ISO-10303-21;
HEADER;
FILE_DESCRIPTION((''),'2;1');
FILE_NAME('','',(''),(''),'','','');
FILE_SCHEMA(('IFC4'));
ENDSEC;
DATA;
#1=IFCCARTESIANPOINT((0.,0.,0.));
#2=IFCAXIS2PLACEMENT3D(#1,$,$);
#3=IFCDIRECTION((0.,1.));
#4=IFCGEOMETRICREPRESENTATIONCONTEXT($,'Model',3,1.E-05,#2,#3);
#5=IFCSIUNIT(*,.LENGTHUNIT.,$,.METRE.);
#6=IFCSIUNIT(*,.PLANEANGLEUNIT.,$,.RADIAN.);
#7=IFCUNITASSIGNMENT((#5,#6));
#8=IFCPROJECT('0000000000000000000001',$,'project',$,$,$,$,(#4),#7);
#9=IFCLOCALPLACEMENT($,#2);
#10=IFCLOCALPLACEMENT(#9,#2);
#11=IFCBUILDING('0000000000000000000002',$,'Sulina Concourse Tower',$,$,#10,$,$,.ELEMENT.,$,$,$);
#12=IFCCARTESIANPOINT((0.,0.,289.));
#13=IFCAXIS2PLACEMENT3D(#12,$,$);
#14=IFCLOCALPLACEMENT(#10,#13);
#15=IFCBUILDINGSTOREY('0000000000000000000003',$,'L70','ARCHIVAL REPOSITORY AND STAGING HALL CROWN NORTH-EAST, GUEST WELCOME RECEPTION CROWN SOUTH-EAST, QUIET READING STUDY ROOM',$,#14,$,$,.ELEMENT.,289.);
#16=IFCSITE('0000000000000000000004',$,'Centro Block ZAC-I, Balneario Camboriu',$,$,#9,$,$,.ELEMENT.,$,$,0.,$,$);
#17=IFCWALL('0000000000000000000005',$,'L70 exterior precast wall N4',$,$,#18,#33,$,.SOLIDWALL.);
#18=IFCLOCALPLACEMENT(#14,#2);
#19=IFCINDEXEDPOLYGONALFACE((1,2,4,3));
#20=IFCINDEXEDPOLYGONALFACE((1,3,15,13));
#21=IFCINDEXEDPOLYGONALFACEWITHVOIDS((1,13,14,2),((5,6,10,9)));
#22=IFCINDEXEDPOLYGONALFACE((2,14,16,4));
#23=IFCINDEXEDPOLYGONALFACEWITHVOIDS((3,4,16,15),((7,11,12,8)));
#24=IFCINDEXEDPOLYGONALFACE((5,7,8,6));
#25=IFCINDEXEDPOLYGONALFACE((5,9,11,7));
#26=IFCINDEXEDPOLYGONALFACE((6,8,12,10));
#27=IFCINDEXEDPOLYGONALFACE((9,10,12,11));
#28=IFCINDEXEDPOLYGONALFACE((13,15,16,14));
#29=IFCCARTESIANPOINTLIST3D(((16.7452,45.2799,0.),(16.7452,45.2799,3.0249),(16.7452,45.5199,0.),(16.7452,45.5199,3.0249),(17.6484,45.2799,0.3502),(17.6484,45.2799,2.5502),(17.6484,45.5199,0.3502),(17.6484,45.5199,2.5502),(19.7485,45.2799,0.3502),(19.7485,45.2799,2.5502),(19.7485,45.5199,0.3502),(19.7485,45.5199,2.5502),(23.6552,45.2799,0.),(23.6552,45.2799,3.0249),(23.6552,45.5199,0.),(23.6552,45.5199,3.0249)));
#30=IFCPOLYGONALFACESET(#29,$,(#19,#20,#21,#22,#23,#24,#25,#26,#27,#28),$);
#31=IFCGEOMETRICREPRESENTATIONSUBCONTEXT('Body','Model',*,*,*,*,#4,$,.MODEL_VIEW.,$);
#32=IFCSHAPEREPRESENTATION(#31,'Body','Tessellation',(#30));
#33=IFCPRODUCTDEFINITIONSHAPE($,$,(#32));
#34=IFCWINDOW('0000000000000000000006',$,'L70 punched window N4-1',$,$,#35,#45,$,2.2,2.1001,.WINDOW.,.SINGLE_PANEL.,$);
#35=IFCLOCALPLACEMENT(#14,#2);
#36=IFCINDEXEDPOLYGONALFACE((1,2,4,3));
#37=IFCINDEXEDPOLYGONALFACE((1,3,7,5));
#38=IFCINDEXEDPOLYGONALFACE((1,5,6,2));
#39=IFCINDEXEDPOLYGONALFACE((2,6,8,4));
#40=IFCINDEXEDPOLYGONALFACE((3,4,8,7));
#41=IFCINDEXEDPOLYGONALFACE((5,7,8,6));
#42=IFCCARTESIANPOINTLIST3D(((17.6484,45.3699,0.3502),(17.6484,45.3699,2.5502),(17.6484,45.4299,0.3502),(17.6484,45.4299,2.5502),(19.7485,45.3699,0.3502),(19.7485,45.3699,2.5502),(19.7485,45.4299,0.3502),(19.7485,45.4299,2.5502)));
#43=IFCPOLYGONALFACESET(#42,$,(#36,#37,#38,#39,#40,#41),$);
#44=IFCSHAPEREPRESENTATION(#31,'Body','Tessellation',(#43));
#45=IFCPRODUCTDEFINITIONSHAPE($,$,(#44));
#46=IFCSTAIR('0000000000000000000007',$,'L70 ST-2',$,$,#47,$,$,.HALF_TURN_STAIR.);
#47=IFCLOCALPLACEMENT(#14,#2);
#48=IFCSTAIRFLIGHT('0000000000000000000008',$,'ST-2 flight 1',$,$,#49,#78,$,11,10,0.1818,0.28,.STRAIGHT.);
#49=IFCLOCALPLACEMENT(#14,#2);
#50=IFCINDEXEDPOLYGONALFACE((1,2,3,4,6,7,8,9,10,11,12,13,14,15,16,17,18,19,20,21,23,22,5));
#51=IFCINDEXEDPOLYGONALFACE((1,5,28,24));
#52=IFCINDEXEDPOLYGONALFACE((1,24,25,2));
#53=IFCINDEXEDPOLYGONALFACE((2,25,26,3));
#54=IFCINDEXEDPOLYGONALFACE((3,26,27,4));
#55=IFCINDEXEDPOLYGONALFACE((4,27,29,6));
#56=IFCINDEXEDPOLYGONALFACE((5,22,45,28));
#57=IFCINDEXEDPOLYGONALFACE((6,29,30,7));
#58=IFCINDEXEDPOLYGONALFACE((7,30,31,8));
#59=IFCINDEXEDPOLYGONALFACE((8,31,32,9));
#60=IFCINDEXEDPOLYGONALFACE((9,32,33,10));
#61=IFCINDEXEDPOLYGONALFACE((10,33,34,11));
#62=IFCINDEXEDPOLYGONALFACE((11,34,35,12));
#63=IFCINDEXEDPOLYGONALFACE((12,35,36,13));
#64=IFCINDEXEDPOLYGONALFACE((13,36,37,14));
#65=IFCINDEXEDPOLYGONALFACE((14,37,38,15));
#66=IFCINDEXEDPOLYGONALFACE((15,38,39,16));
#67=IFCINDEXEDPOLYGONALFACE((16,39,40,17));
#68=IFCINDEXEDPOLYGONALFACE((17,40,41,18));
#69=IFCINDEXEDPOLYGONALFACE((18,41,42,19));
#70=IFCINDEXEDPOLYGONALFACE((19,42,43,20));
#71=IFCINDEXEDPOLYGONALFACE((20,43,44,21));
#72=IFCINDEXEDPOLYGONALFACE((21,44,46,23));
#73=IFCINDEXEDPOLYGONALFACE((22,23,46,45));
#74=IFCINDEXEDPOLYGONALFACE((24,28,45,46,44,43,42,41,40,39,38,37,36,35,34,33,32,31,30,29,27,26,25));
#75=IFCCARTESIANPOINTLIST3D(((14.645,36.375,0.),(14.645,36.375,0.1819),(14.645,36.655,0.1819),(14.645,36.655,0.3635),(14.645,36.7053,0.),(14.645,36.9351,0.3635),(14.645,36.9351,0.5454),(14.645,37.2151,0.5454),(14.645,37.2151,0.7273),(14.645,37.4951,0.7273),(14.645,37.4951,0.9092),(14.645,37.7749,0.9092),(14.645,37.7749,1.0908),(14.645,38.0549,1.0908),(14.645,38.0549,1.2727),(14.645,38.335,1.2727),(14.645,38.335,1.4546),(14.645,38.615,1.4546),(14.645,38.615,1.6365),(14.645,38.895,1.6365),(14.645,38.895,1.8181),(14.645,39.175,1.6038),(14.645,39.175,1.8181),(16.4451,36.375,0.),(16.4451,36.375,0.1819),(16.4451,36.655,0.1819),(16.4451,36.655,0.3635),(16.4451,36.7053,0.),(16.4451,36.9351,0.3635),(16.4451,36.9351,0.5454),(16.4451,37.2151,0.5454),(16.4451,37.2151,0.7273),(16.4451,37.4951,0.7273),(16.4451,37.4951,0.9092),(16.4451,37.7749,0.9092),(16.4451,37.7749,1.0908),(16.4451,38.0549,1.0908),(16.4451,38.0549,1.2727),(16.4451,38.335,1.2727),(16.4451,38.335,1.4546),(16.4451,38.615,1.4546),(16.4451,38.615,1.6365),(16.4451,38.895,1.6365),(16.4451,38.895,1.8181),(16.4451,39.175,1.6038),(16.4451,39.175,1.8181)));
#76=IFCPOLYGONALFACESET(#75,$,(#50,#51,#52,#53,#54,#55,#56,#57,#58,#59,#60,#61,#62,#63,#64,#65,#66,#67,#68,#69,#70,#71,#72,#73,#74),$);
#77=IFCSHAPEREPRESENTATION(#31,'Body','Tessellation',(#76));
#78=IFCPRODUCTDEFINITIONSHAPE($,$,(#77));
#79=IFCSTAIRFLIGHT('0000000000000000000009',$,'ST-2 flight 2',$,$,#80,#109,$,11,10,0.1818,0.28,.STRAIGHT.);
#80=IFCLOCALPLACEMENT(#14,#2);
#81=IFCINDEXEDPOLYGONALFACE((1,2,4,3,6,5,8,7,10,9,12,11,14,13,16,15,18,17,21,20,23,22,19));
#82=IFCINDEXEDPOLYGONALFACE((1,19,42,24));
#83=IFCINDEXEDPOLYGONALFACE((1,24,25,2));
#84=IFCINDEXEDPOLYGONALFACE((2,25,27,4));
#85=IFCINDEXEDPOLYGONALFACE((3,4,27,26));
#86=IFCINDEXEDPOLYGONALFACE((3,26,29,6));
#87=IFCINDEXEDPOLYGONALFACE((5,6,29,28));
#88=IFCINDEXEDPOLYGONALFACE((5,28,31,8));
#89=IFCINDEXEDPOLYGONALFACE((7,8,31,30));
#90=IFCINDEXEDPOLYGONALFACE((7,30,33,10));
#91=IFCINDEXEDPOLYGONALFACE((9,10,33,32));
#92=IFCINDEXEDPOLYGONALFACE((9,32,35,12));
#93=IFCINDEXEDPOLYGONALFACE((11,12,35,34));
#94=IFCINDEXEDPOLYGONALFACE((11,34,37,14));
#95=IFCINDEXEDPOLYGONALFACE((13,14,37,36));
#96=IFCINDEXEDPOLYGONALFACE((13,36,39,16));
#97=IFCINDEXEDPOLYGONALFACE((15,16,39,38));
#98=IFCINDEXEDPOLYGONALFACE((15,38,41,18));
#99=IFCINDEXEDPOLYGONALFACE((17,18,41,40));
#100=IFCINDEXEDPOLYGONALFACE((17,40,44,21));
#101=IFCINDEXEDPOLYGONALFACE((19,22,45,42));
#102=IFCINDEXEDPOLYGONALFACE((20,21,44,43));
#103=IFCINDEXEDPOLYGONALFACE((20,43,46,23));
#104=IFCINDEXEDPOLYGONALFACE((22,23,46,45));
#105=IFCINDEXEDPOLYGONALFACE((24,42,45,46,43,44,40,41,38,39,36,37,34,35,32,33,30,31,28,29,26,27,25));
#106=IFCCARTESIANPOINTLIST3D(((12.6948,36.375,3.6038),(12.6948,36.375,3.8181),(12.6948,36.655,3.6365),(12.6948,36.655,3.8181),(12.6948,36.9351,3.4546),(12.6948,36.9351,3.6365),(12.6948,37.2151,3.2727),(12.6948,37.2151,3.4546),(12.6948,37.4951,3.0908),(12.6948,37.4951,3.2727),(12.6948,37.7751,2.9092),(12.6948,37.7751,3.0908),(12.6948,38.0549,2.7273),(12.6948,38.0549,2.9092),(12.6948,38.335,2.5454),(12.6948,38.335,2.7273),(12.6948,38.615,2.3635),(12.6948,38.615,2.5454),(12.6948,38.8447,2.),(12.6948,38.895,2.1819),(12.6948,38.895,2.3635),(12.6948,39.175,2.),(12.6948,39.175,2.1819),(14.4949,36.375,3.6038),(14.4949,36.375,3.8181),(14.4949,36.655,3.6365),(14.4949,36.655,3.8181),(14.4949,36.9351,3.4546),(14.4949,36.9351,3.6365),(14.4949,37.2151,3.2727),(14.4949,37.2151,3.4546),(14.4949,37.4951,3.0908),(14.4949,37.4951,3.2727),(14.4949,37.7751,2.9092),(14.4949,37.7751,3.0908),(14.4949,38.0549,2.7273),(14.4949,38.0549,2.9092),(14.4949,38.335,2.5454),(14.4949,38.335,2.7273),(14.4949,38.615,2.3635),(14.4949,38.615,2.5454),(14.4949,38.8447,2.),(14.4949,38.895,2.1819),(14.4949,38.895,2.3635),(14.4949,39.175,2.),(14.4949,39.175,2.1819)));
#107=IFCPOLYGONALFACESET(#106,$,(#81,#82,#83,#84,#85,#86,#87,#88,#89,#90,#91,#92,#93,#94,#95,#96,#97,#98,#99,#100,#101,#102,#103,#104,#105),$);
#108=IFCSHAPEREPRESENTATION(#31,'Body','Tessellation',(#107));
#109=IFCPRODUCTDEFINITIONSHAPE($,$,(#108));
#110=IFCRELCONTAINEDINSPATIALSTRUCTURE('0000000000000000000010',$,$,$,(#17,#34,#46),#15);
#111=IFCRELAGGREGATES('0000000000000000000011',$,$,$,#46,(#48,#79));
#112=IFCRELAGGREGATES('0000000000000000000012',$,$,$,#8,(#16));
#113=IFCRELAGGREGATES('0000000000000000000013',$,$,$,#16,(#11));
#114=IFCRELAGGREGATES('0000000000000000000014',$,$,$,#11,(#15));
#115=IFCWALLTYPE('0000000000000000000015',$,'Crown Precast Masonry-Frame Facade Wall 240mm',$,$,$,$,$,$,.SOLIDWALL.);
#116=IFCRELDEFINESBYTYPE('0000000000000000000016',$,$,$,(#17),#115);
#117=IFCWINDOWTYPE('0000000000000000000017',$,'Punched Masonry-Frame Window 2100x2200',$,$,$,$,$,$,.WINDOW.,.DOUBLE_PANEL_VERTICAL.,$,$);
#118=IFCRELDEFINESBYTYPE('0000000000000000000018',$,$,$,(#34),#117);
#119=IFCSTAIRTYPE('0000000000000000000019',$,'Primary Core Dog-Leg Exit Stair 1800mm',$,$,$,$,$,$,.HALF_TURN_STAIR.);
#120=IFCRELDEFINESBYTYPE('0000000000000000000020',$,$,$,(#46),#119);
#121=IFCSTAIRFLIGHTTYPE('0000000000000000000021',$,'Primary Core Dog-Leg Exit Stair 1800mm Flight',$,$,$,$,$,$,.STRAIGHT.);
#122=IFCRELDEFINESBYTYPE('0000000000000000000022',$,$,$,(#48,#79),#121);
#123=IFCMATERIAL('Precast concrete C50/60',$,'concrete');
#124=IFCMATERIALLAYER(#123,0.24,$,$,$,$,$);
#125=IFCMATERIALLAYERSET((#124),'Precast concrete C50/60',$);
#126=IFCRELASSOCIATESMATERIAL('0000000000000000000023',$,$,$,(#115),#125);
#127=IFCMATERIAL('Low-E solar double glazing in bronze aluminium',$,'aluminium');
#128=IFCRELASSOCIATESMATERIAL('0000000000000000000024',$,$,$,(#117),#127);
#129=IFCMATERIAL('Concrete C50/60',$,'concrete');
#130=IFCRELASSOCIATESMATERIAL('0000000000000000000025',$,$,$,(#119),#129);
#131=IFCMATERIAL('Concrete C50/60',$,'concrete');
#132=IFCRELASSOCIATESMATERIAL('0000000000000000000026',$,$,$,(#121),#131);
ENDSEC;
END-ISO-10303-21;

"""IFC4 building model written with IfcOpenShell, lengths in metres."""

from ifc_helpers import new_model, si_unit, direction, frame, frame_2d, origin, place, context, subcontext, project, spatial, polyline, rectangle, outline, extrude, material, layer, layer_set, type_object, element, fill, aggregate, save


model = new_model("IFC4")

# Units and contexts
model_context = context("Model", 3, precision=1e-05, world=origin(), true_north=direction((0.0, 1.0)))
body_context = subcontext(model_context, "Body", "Model", "MODEL_VIEW")
ifc_project = project(units=[si_unit("LENGTHUNIT", "METRE"), si_unit("PLANEANGLEUNIT", "RADIAN")], contexts=[model_context])

# Site, building, storey
site_placement = place(None, origin())
site = spatial("IfcSite", under=ifc_project, at=site_placement, Name="Centro Block ZAC-I, Balneario Camboriu", CompositionType="ELEMENT", RefElevation=0.0)
building_placement = place(site_placement, origin())
building = spatial("IfcBuilding", under=site, at=building_placement, Name="Sulina Concourse Tower", CompositionType="ELEMENT")
storey_placement = place(building_placement, frame((0.0, 0.0, 289.0)))
storey = spatial("IfcBuildingStorey", under=building, at=storey_placement, Name="L70", Description="ARCHIVAL REPOSITORY AND STAGING HALL CROWN NORTH-EAST, GUEST WELCOME RECEPTION CROWN SOUTH-EAST, QUIET READING STUDY ROOM", CompositionType="ELEMENT", Elevation=289.0)

# Shared definitions
ifc_material_1 = material(Name="Precast concrete C50/60", Category="concrete")
ifc_layer_1 = layer(ifc_material_1, 0.24)
ifc_layer_set_1 = layer_set([ifc_layer_1], Name="Precast concrete C50/60")
wall_type_1 = type_object("IfcWallType", Name="Crown Precast Masonry-Frame Facade Wall 240mm", PredefinedType="SOLIDWALL", material=ifc_layer_set_1)

# Wall, opening, window
wall_1_placement = place(storey_placement, frame((16.7451, 45.3999, 0.0), z_axis=(0.0, 0.0, 1.0), x_axis=(1.0, 0.0, 0.0)))
wall_1 = element("IfcWall", 1, at=wall_1_placement, inside=storey, type_object=wall_type_1, Name="L70 exterior precast wall N4", PredefinedType="SOLIDWALL", context=body_context, shape_type="SweptSolid", body=[
    extrude(rectangle(XDim=6.9099, YDim=0.24, at=frame_2d((3.4551, 0.0))), origin(), (0.0, 0.0, 1.0), 3.0249),
])
opening_1_placement = place(wall_1_placement, frame((0.9033, 0.0, 0.3501)))
opening_1 = element("IfcOpeningElement", 2, at=opening_1_placement, cuts=wall_1, PredefinedType="OPENING", context=body_context, shape_type="SweptSolid", body=[
    extrude(rectangle(XDim=2.1001, YDim=2.2, at=frame_2d((1.05, 1.1001))), frame((0.0, 0.1299, 0.0), z_axis=(0.0, -1.0, 0.0), x_axis=(1.0, 0.0, 0.0)), (0.0, 0.0, 1.0), 0.26),
])
ifc_material_2 = material(Name="Low-E solar double glazing in bronze aluminium", Category="aluminium")
window_type = type_object("IfcWindowType", Name="Punched Masonry-Frame Window 2100x2200", PartitioningType="DOUBLE_PANEL_VERTICAL", PredefinedType="WINDOW", material=ifc_material_2)
window_placement = place(opening_1_placement, origin())
window = element("IfcWindow", 3, at=window_placement, inside=storey, type_object=window_type, Name="L70 punched window N4-1", OverallHeight=2.2, OverallWidth=2.1001, PartitioningType="SINGLE_PANEL", PredefinedType="WINDOW", context=body_context, shape_type="SweptSolid", body=[
    extrude(rectangle(XDim=2.1001, YDim=2.2, at=frame_2d((1.05, 1.1001))), frame((0.0, 0.03, 0.0), z_axis=(0.0, -1.0, 0.0), x_axis=(1.0, 0.0, 0.0)), (0.0, 0.0, 1.0), 0.0601),
])
fill(opening_1, window)

# Stair, stair flights
ifc_material_3 = material(Name="Concrete C50/60", Category="concrete")
stair_type = type_object("IfcStairType", Name="Primary Core Dog-Leg Exit Stair 1800mm", PredefinedType="HALF_TURN_STAIR", material=ifc_material_3)
stair_placement = place(storey_placement, origin())
stair = element("IfcStair", 4, at=stair_placement, inside=storey, type_object=stair_type, Name="L70 ST-2", PredefinedType="HALF_TURN_STAIR")
ifc_material_4 = material(Name="Concrete C50/60", Category="concrete")
stair_flight_type = type_object("IfcStairFlightType", Name="Primary Core Dog-Leg Exit Stair 1800mm Flight", PredefinedType="STRAIGHT", material=ifc_material_4)
stair_flight_1_placement = place(storey_placement, frame((15.5449, 36.375, 0.0), z_axis=(0.0, 0.0, 1.0), x_axis=(0.0, 1.0, 0.0)))
stair_flight_1 = element("IfcStairFlight", 5, at=stair_flight_1_placement, type_object=stair_flight_type, Name="ST-2 flight 1", NumberOfRisers=11, NumberOfTreads=10, PredefinedType="STRAIGHT", RiserHeight=0.1818, TreadLength=0.28, context=body_context, shape_type="SweptSolid", body=[
    extrude(outline(polyline([(0.0, 0.0), (0.0, 0.1819), (0.28, 0.1819), (0.28, 0.3635), (0.5601, 0.3635), (0.5601, 0.5454), (0.8401, 0.5454), (0.8401, 0.7273), (1.1201, 0.7273), (1.1201, 0.9092), (1.3999, 0.9092), (1.3999, 1.0908), (1.6799, 1.0908), (1.6799, 1.2727), (1.96, 1.2727), (1.96, 1.4546), (2.24, 1.4546), (2.24, 1.6365), (2.52, 1.6365), (2.52, 1.8181), (2.8, 1.8181), (2.8, 2.0), (2.8, 1.6038), (0.3303, 0.0), (0.0, 0.0)])), frame((0.0, 0.8999, 0.0), z_axis=(0.0, -1.0, 0.0), x_axis=(1.0, 0.0, 0.0)), (0.0, 0.0, 1.0), 1.8),
])
stair_flight_2_placement = place(storey_placement, frame((13.595, 39.175, 2.0), z_axis=(0.0, 0.0, 1.0), x_axis=(0.0, -1.0, 0.0)))
stair_flight_2 = element("IfcStairFlight", 6, at=stair_flight_2_placement, type_object=stair_flight_type, Name="ST-2 flight 2", NumberOfRisers=11, NumberOfTreads=10, PredefinedType="STRAIGHT", RiserHeight=0.1818, TreadLength=0.28, context=body_context, shape_type="SweptSolid", body=[
    extrude(outline(polyline([(0.0, 0.0), (0.0, 0.1819), (0.28, 0.1819), (0.28, 0.3635), (0.5601, 0.3635), (0.5601, 0.5454), (0.8401, 0.5454), (0.8401, 0.7273), (1.1201, 0.7273), (1.1201, 0.9092), (1.3999, 0.9092), (1.3999, 1.0908), (1.6799, 1.0908), (1.6799, 1.2727), (1.96, 1.2727), (1.96, 1.4546), (2.24, 1.4546), (2.24, 1.6365), (2.52, 1.6365), (2.52, 1.8181), (2.8, 1.8181), (2.8, 2.0), (2.8, 1.6038), (0.3303, 0.0), (0.0, 0.0)])), frame((0.0, 0.8999, 0.0), z_axis=(0.0, -1.0, 0.0), x_axis=(1.0, 0.0, 0.0)), (0.0, 0.0, 1.0), 1.8),
])
aggregate(stair, [stair_flight_1, stair_flight_2])

save(model, "model.ifc")
